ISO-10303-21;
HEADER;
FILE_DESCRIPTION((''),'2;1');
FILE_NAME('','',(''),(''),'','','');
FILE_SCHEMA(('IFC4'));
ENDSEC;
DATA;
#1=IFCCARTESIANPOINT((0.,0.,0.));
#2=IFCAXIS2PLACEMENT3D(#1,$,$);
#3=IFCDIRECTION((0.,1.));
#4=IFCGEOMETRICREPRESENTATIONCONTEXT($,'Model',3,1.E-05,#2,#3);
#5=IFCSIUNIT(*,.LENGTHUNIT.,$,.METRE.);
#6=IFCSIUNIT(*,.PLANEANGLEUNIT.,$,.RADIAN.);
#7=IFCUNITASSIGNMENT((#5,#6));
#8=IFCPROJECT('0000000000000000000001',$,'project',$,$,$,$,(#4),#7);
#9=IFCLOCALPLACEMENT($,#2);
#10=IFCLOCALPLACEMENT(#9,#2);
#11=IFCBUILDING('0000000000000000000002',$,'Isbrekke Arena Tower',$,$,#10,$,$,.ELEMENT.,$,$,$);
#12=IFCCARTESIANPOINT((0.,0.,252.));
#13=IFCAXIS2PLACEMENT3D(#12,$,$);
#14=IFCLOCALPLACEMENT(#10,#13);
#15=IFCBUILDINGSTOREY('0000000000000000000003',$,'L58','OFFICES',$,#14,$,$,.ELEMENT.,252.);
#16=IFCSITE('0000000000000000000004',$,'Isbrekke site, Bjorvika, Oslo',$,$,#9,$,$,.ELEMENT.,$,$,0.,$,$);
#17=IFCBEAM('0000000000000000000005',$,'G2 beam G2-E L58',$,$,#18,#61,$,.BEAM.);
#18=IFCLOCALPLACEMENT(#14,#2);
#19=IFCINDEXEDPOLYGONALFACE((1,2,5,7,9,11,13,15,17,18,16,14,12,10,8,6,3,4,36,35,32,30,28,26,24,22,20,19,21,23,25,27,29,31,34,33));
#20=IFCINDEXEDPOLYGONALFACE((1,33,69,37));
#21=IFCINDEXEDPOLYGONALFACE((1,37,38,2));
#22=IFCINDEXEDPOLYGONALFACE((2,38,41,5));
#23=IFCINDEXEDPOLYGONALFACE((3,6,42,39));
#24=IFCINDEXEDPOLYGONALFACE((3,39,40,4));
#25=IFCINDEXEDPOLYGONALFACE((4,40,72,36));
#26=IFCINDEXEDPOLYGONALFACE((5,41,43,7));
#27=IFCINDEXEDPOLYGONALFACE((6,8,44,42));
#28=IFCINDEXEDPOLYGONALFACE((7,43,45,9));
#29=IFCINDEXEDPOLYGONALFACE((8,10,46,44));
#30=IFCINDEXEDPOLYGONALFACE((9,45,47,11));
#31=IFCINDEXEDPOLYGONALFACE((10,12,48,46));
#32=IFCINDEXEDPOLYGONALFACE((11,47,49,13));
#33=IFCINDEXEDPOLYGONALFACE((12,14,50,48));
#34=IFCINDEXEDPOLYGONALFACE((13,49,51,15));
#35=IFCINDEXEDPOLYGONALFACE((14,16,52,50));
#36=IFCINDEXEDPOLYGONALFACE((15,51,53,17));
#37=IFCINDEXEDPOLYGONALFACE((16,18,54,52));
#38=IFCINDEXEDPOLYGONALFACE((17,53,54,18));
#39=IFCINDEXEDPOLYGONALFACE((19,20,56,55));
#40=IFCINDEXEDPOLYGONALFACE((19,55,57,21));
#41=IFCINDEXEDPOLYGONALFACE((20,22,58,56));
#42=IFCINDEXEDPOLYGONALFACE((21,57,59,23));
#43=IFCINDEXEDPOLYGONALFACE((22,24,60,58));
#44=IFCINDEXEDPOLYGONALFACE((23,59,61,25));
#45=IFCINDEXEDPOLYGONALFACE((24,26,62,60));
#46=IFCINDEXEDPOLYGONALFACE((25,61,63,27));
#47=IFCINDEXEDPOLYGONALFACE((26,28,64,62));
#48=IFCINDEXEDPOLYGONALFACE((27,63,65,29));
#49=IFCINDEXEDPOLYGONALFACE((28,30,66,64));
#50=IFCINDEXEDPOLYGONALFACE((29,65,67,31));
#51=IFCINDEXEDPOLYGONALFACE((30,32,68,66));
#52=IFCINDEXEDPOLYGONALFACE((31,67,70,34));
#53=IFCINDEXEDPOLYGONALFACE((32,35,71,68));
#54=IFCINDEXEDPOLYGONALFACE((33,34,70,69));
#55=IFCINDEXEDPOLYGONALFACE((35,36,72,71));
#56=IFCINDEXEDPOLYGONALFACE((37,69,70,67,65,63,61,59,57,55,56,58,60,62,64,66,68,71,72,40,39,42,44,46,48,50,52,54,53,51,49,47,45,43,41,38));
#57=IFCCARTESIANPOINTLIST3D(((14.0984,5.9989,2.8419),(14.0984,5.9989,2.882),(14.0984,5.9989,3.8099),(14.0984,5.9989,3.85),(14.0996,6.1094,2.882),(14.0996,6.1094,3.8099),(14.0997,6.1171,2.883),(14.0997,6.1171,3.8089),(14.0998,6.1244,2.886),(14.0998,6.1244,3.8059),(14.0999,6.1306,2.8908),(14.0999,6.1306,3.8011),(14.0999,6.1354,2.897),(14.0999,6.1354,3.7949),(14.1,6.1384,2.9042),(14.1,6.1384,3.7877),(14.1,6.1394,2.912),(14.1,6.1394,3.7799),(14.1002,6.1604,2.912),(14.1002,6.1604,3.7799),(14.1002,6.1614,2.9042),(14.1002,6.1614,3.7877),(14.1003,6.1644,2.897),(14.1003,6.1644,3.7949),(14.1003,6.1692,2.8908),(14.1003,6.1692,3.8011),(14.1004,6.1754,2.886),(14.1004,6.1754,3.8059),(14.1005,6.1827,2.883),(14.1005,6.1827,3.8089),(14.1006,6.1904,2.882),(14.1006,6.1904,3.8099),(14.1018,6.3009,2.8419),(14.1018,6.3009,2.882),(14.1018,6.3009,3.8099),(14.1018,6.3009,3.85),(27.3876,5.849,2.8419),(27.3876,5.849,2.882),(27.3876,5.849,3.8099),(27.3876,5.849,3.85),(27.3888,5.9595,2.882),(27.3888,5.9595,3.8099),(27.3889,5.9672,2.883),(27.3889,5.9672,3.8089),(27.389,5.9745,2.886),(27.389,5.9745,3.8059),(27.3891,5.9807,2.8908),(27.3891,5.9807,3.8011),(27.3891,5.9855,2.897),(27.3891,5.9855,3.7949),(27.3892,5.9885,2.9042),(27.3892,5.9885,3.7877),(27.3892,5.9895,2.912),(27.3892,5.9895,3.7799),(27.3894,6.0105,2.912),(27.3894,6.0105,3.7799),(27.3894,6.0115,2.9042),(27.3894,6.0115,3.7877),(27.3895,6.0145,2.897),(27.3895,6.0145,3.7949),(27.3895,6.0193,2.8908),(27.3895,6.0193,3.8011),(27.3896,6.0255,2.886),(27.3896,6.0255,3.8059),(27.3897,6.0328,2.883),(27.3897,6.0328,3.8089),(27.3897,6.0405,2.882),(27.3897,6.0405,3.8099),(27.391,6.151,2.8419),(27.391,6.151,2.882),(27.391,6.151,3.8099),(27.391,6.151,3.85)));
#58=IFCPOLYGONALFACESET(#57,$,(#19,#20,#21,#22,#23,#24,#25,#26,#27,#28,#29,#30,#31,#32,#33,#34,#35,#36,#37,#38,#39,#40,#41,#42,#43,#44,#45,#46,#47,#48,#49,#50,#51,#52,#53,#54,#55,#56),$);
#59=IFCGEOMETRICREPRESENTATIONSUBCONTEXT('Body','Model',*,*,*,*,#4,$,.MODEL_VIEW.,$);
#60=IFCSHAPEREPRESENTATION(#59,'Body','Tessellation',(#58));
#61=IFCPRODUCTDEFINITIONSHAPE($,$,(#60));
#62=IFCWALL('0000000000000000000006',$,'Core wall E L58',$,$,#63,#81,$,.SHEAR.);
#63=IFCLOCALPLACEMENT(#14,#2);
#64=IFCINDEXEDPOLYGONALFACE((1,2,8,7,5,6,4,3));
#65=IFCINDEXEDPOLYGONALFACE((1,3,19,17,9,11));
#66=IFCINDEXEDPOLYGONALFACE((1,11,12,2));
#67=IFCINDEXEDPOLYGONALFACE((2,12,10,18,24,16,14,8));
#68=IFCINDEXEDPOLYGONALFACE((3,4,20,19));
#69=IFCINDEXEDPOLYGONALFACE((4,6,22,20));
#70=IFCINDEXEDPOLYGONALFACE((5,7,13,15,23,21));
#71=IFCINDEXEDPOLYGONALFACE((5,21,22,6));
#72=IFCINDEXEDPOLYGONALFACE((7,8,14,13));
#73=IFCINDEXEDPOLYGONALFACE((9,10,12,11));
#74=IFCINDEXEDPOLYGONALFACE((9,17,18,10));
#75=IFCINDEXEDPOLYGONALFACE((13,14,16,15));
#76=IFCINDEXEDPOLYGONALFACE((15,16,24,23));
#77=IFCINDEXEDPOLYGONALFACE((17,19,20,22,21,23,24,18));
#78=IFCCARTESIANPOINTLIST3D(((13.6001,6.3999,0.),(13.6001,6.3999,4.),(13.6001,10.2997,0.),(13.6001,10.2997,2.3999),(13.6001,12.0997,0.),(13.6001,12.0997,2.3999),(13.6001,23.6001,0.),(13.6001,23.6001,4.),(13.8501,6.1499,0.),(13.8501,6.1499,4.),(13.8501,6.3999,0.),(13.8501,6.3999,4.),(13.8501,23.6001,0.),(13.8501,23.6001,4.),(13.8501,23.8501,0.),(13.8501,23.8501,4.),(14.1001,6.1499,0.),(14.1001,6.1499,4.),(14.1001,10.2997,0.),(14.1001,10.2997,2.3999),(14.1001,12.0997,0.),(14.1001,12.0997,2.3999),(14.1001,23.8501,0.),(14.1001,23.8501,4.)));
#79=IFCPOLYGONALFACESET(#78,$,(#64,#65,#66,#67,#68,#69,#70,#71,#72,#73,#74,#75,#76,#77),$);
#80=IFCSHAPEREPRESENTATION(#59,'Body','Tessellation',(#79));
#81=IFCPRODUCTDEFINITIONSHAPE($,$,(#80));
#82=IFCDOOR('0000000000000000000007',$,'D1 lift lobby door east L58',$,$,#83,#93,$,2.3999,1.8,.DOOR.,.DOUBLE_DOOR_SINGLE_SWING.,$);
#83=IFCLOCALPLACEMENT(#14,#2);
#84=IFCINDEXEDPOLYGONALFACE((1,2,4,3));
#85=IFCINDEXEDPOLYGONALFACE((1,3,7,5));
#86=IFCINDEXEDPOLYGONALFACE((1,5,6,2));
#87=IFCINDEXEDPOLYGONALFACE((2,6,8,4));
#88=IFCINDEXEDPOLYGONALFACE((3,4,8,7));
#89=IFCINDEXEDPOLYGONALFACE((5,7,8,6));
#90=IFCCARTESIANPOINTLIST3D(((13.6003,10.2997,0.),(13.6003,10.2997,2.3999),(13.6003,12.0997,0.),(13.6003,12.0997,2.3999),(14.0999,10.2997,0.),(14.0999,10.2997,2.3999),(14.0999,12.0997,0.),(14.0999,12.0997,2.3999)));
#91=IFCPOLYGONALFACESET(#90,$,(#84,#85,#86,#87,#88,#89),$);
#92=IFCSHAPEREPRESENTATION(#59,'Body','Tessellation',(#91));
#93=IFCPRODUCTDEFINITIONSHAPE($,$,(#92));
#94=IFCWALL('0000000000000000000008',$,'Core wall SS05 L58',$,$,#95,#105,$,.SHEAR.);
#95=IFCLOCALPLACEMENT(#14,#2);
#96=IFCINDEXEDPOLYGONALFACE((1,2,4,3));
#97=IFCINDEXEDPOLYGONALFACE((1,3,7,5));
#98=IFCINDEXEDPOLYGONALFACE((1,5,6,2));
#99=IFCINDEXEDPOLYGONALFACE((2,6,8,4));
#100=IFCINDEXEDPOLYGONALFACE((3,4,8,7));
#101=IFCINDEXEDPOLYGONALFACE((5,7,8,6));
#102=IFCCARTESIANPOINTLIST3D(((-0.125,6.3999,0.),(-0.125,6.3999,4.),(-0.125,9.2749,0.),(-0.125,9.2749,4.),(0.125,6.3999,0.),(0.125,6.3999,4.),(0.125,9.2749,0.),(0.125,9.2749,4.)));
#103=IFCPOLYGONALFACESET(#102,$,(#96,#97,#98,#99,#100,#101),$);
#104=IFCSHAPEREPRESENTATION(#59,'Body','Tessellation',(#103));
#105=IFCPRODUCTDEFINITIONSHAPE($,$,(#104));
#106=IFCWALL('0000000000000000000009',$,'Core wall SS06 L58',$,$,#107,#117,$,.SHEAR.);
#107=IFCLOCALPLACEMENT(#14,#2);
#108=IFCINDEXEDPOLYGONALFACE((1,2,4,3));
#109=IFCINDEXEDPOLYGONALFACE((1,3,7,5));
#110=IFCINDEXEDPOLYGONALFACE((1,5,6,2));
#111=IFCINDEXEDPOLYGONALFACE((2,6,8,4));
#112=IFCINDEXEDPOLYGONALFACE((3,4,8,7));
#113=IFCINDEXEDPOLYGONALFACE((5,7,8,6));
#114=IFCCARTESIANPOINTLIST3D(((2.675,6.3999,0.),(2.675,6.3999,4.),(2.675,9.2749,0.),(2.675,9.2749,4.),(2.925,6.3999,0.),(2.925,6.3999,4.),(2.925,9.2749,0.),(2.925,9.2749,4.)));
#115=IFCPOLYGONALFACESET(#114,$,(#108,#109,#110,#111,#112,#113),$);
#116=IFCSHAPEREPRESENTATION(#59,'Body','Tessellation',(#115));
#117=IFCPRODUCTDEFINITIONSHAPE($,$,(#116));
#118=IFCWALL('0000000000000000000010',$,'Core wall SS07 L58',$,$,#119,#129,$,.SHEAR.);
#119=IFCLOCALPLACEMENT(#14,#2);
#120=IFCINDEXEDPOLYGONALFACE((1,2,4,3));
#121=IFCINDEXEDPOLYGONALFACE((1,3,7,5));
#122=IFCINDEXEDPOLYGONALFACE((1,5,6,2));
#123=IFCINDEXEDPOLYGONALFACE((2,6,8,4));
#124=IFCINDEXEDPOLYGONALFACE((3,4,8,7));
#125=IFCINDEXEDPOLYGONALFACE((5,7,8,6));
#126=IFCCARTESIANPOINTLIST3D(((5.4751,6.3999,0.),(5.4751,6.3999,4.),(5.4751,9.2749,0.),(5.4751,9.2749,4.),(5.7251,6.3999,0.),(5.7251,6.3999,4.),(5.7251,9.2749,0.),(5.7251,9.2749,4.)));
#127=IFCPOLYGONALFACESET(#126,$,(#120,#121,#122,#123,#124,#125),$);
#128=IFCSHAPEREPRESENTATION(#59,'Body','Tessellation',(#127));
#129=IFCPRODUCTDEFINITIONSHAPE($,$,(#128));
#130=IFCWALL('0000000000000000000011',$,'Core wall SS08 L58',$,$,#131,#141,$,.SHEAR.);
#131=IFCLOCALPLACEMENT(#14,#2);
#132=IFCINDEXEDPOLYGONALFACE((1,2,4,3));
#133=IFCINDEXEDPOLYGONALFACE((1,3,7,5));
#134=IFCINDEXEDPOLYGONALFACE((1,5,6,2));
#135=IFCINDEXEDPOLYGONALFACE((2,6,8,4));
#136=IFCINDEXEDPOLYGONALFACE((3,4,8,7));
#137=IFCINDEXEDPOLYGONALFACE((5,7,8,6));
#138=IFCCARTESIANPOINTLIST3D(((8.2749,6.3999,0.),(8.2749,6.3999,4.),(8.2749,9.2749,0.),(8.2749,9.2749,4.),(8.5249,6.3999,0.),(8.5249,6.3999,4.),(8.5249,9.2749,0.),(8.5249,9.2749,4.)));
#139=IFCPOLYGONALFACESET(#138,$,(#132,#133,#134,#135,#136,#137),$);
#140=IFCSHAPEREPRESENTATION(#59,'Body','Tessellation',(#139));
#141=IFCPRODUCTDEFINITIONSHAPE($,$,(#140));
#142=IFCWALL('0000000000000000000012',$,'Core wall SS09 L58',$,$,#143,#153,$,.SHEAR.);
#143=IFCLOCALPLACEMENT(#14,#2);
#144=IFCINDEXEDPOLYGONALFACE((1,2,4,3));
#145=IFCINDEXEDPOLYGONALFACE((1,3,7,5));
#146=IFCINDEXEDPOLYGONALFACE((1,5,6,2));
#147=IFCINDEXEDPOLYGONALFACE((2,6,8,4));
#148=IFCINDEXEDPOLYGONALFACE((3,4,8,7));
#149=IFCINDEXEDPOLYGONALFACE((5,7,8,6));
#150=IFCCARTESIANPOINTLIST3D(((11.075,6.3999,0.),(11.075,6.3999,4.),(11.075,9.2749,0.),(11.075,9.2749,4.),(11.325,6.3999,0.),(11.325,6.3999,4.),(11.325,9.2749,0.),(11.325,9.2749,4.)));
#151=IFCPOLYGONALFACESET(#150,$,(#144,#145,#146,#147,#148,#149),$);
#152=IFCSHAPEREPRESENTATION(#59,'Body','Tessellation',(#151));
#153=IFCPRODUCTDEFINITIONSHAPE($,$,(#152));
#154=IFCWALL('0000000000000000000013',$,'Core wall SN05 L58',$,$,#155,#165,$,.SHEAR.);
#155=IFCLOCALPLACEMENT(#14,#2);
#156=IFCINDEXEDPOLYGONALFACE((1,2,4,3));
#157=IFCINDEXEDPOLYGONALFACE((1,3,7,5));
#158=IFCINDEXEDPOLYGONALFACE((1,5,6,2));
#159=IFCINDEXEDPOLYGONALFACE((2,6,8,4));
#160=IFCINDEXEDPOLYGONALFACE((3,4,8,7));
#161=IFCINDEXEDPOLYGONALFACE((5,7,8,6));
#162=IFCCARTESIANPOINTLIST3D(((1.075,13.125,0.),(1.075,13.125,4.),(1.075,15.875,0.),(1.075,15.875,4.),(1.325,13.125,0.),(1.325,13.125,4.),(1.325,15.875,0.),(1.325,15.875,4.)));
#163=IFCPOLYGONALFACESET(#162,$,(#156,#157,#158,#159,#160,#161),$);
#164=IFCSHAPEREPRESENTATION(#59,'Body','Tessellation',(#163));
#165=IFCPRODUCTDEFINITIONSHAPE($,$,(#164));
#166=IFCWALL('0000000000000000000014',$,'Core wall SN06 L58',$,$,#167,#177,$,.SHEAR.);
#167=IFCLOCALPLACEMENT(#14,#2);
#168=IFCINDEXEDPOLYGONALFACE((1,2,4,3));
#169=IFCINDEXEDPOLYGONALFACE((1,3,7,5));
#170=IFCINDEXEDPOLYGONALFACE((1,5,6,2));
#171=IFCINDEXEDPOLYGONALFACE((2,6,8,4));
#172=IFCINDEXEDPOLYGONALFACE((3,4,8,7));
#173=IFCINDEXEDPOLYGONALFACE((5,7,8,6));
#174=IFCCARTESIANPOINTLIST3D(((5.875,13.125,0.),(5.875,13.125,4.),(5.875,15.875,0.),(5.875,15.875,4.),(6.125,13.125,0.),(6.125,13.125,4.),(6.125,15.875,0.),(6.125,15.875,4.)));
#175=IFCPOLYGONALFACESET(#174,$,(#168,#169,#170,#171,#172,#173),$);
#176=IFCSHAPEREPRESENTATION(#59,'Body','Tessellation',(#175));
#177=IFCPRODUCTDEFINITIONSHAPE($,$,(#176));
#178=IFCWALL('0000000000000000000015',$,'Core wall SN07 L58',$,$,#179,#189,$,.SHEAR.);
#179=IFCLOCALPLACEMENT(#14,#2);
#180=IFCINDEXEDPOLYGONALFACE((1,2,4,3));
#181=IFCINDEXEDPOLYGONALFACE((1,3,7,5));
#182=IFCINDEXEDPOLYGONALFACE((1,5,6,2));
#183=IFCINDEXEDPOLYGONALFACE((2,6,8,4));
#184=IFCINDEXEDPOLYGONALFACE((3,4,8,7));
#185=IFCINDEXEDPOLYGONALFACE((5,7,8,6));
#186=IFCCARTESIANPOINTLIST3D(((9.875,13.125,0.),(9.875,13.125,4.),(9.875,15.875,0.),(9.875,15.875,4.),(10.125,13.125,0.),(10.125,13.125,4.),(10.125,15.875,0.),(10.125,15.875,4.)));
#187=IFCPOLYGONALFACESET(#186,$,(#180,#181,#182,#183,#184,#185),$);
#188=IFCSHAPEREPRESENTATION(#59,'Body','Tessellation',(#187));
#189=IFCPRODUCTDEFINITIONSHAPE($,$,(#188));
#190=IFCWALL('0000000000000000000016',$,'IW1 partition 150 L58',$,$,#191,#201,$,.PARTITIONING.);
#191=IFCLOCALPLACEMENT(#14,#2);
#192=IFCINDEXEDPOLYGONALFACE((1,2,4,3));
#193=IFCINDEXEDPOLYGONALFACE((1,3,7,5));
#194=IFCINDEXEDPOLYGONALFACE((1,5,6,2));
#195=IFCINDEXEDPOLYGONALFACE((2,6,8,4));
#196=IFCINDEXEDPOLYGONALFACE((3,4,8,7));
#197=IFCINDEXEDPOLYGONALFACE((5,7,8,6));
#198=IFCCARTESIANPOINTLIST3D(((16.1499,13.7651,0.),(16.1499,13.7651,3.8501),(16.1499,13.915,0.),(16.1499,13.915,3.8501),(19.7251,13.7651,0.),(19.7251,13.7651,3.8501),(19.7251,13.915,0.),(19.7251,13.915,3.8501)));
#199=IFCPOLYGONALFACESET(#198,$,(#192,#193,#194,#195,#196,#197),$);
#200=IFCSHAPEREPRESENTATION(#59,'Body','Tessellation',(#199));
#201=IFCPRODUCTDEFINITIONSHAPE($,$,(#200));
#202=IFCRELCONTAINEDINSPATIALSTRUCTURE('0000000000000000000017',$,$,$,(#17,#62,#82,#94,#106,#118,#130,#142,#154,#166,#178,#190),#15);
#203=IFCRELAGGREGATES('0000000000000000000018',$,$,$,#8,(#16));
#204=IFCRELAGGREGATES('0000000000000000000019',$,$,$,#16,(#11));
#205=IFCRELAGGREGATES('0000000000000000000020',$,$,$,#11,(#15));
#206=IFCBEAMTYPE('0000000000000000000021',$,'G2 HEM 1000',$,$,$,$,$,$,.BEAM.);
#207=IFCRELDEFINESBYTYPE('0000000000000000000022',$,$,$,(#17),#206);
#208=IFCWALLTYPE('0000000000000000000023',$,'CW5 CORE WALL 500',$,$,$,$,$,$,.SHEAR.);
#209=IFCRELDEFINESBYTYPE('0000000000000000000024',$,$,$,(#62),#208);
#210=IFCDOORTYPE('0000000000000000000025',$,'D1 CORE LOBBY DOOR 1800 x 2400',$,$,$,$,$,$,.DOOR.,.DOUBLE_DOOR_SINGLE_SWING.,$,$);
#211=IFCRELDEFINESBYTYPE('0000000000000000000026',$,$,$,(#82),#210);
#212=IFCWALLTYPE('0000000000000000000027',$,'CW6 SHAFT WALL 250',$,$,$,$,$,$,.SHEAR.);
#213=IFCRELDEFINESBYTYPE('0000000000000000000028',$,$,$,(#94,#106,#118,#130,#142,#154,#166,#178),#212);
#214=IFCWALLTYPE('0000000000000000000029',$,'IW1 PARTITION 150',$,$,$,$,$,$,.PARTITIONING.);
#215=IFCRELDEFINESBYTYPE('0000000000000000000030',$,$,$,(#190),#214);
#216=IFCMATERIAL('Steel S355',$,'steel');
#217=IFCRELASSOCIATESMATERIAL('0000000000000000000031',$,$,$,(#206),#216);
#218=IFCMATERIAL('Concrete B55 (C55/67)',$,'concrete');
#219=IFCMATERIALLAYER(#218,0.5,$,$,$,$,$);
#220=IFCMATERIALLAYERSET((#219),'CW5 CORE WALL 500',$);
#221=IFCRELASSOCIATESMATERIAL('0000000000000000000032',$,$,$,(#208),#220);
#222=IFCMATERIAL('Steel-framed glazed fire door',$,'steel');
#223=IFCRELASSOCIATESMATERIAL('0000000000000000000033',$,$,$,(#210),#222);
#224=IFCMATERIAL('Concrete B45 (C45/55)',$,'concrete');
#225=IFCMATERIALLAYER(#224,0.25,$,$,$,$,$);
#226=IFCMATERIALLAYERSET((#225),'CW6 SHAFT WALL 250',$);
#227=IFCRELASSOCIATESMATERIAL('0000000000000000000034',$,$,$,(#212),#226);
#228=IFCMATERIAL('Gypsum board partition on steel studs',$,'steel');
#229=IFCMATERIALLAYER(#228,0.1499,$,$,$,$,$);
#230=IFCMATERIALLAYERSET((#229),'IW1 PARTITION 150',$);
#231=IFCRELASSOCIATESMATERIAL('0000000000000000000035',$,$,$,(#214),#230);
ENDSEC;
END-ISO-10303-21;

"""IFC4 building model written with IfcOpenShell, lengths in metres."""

from ifc_helpers import new_model, si_unit, direction, frame, frame_2d, origin, origin_2d, place, context, subcontext, project, spatial, polyline, rectangle, i_section, outline, extrude, material, layer, layer_set, material_profile, profile_set, type_object, element, fill, save


model = new_model("IFC4")

# Units and contexts
model_context = context("Model", 3, precision=1e-05, world=origin(), true_north=direction((0.0, 1.0)))
body_context = subcontext(model_context, "Body", "Model", "MODEL_VIEW")
ifc_project = project(units=[si_unit("LENGTHUNIT", "METRE"), si_unit("PLANEANGLEUNIT", "RADIAN")], contexts=[model_context])

# Site, building, storey
site_placement = place(None, origin())
site = spatial("IfcSite", under=ifc_project, at=site_placement, Name="Isbrekke site, Bjorvika, Oslo", CompositionType="ELEMENT", RefElevation=0.0)
building_placement = place(site_placement, origin())
building = spatial("IfcBuilding", under=site, at=building_placement, Name="Isbrekke Arena Tower", CompositionType="ELEMENT")
storey_placement = place(building_placement, frame((0.0, 0.0, 252.0)))
storey = spatial("IfcBuildingStorey", under=building, at=storey_placement, Name="L58", Description="OFFICES", CompositionType="ELEMENT", Elevation=252.0)

# Beam
ifc_material_1 = material(Name="Steel S355", Category="steel")
ifc_material_profile = material_profile(ifc_material_1, i_section(OverallWidth=0.302, OverallDepth=1.0081, WebThickness=0.021, FlangeThickness=0.04, FilletRadius=0.03, at=origin_2d()), Name="HEM 1000")
ifc_profile_set = profile_set([ifc_material_profile], Name="Steel S355")
beam_type = type_object("IfcBeamType", Name="G2 HEM 1000", PredefinedType="BEAM", material=ifc_profile_set)
beam_placement = place(storey_placement, frame((14.1001, 6.1499, 3.3459), z_axis=(0.999936, -0.011279, 0.0), x_axis=(0.011279, 0.999936, 0.0)))
element("IfcBeam", 1, at=beam_placement, inside=storey, type_object=beam_type, Name="G2 beam G2-E L58", PredefinedType="BEAM", context=body_context, shape_type="SweptSolid", body=[
    extrude(i_section(OverallWidth=0.302, OverallDepth=1.0081, WebThickness=0.021, FlangeThickness=0.04, FilletRadius=0.03, at=origin_2d()), origin(), (0.0, 0.0, 1.0), 13.29),
])

# Wall, opening, door
ifc_material_2 = material(Name="Concrete B55 (C55/67)", Category="concrete")
ifc_layer_1 = layer(ifc_material_2, 0.5)
ifc_layer_set_1 = layer_set([ifc_layer_1], Name="CW5 CORE WALL 500")
wall_type_1 = type_object("IfcWallType", Name="CW5 CORE WALL 500", PredefinedType="SHEAR", material=ifc_layer_set_1)
wall_1_placement = place(storey_placement, frame((13.8501, 6.1499, 0.0), z_axis=(0.0, 0.0, 1.0), x_axis=(0.0, 1.0, 0.0)))
wall_1 = element("IfcWall", 2, at=wall_1_placement, inside=storey, type_object=wall_type_1, Name="Core wall E L58", PredefinedType="SHEAR", context=body_context, shape_type="SweptSolid", body=[
    extrude(outline(polyline([(0.0, -0.25), (17.7002, -0.25), (17.7002, 0.0), (17.4502, 0.0), (17.4502, 0.25), (0.25, 0.25), (0.25, 0.0), (0.0, 0.0), (0.0, -0.25)])), origin(), (0.0, 0.0, 1.0), 4.0),
])
opening_1_placement = place(wall_1_placement, frame((4.1499, 0.0, 0.0)))
opening_1 = element("IfcOpeningElement", 3, at=opening_1_placement, cuts=wall_1, PredefinedType="OPENING", context=body_context, shape_type="SweptSolid", body=[
    extrude(rectangle(XDim=1.8, YDim=2.3999, at=frame_2d((0.8999, 1.2))), frame((0.0, 0.2649, 0.0), z_axis=(0.0, -1.0, 0.0), x_axis=(1.0, 0.0, 0.0)), (0.0, 0.0, 1.0), 0.5298),
])
ifc_material_3 = material(Name="Steel-framed glazed fire door", Category="steel")
door_type_1 = type_object("IfcDoorType", Name="D1 CORE LOBBY DOOR 1800 x 2400", OperationType="DOUBLE_DOOR_SINGLE_SWING", PredefinedType="DOOR", material=ifc_material_3)
door_1_placement = place(opening_1_placement, origin())
door_1 = element("IfcDoor", 4, at=door_1_placement, inside=storey, type_object=door_type_1, Name="D1 lift lobby door east L58", OperationType="DOUBLE_DOOR_SINGLE_SWING", OverallHeight=2.3999, OverallWidth=1.8, PredefinedType="DOOR", context=body_context, shape_type="SweptSolid", body=[
    extrude(rectangle(XDim=1.8, YDim=2.3999, at=frame_2d((0.8999, 1.2))), frame((0.0, 0.2498, 0.0), z_axis=(0.0, -1.0, 0.0), x_axis=(1.0, 0.0, 0.0)), (0.0, 0.0, 1.0), 0.4995),
])
fill(opening_1, door_1)

# Walls
ifc_material_4 = material(Name="Concrete B45 (C45/55)", Category="concrete")
ifc_layer_2 = layer(ifc_material_4, 0.25)
ifc_layer_set_2 = layer_set([ifc_layer_2], Name="CW6 SHAFT WALL 250")
wall_type_2 = type_object("IfcWallType", Name="CW6 SHAFT WALL 250", PredefinedType="SHEAR", material=ifc_layer_set_2)
for number, where, z_axis, x_axis, name in (
    (5, (0.0, 6.3999, 0.0), (0.0, 0.0, 1.0), (0.0, 1.0, 0.0), "Core wall SS05 L58"),
    (6, (2.8, 6.3999, 0.0), (0.0, 0.0, 1.0), (0.0, 1.0, 0.0), "Core wall SS06 L58"),
    (7, (5.6001, 6.3999, 0.0), (0.0, 0.0, 1.0), (0.0, 1.0, 0.0), "Core wall SS07 L58"),
    (8, (8.3999, 6.3999, 0.0), (0.0, 0.0, 1.0), (0.0, 1.0, 0.0), "Core wall SS08 L58"),
    (9, (11.2, 6.3999, 0.0), (0.0, 0.0, 1.0), (0.0, 1.0, 0.0), "Core wall SS09 L58"),
):
    element("IfcWall", number, at=place(storey_placement, frame(where, z_axis=z_axis, x_axis=x_axis)), inside=storey, type_object=wall_type_2, Name=name, PredefinedType="SHEAR", context=body_context, shape_type="SweptSolid", body=[
        extrude(rectangle(XDim=2.875, YDim=0.25, at=frame_2d((1.4375, 0.0))), origin(), (0.0, 0.0, 1.0), 4.0),
    ])
for number, where, z_axis, x_axis, name in (
    (10, (1.2, 13.125, 0.0), (0.0, 0.0, 1.0), (0.0, 1.0, 0.0), "Core wall SN05 L58"),
    (11, (6.0, 13.125, 0.0), (0.0, 0.0, 1.0), (0.0, 1.0, 0.0), "Core wall SN06 L58"),
    (12, (10.0, 13.125, 0.0), (0.0, 0.0, 1.0), (0.0, 1.0, 0.0), "Core wall SN07 L58"),
):
    element("IfcWall", number, at=place(storey_placement, frame(where, z_axis=z_axis, x_axis=x_axis)), inside=storey, type_object=wall_type_2, Name=name, PredefinedType="SHEAR", context=body_context, shape_type="SweptSolid", body=[
        extrude(rectangle(XDim=2.75, YDim=0.25, at=frame_2d((1.375, 0.0))), origin(), (0.0, 0.0, 1.0), 4.0),
    ])
ifc_material_5 = material(Name="Gypsum board partition on steel studs", Category="steel")
ifc_layer_3 = layer(ifc_material_5, 0.1499)
ifc_layer_set_3 = layer_set([ifc_layer_3], Name="IW1 PARTITION 150")
wall_type_3 = type_object("IfcWallType", Name="IW1 PARTITION 150", PredefinedType="PARTITIONING", material=ifc_layer_set_3)
wall_2_placement = place(storey_placement, frame((16.1499, 13.8401, 0.0), z_axis=(0.0, 0.0, 1.0), x_axis=(1.0, 0.0, 0.0)))
element("IfcWall", 13, at=wall_2_placement, inside=storey, type_object=wall_type_3, Name="IW1 partition 150 L58", PredefinedType="PARTITIONING", context=body_context, shape_type="SweptSolid", body=[
    extrude(rectangle(XDim=3.5752, YDim=0.1499, at=frame_2d((1.7876, 0.0))), origin(), (0.0, 0.0, 1.0), 3.8501),
])

save(model, "model.ifc")
